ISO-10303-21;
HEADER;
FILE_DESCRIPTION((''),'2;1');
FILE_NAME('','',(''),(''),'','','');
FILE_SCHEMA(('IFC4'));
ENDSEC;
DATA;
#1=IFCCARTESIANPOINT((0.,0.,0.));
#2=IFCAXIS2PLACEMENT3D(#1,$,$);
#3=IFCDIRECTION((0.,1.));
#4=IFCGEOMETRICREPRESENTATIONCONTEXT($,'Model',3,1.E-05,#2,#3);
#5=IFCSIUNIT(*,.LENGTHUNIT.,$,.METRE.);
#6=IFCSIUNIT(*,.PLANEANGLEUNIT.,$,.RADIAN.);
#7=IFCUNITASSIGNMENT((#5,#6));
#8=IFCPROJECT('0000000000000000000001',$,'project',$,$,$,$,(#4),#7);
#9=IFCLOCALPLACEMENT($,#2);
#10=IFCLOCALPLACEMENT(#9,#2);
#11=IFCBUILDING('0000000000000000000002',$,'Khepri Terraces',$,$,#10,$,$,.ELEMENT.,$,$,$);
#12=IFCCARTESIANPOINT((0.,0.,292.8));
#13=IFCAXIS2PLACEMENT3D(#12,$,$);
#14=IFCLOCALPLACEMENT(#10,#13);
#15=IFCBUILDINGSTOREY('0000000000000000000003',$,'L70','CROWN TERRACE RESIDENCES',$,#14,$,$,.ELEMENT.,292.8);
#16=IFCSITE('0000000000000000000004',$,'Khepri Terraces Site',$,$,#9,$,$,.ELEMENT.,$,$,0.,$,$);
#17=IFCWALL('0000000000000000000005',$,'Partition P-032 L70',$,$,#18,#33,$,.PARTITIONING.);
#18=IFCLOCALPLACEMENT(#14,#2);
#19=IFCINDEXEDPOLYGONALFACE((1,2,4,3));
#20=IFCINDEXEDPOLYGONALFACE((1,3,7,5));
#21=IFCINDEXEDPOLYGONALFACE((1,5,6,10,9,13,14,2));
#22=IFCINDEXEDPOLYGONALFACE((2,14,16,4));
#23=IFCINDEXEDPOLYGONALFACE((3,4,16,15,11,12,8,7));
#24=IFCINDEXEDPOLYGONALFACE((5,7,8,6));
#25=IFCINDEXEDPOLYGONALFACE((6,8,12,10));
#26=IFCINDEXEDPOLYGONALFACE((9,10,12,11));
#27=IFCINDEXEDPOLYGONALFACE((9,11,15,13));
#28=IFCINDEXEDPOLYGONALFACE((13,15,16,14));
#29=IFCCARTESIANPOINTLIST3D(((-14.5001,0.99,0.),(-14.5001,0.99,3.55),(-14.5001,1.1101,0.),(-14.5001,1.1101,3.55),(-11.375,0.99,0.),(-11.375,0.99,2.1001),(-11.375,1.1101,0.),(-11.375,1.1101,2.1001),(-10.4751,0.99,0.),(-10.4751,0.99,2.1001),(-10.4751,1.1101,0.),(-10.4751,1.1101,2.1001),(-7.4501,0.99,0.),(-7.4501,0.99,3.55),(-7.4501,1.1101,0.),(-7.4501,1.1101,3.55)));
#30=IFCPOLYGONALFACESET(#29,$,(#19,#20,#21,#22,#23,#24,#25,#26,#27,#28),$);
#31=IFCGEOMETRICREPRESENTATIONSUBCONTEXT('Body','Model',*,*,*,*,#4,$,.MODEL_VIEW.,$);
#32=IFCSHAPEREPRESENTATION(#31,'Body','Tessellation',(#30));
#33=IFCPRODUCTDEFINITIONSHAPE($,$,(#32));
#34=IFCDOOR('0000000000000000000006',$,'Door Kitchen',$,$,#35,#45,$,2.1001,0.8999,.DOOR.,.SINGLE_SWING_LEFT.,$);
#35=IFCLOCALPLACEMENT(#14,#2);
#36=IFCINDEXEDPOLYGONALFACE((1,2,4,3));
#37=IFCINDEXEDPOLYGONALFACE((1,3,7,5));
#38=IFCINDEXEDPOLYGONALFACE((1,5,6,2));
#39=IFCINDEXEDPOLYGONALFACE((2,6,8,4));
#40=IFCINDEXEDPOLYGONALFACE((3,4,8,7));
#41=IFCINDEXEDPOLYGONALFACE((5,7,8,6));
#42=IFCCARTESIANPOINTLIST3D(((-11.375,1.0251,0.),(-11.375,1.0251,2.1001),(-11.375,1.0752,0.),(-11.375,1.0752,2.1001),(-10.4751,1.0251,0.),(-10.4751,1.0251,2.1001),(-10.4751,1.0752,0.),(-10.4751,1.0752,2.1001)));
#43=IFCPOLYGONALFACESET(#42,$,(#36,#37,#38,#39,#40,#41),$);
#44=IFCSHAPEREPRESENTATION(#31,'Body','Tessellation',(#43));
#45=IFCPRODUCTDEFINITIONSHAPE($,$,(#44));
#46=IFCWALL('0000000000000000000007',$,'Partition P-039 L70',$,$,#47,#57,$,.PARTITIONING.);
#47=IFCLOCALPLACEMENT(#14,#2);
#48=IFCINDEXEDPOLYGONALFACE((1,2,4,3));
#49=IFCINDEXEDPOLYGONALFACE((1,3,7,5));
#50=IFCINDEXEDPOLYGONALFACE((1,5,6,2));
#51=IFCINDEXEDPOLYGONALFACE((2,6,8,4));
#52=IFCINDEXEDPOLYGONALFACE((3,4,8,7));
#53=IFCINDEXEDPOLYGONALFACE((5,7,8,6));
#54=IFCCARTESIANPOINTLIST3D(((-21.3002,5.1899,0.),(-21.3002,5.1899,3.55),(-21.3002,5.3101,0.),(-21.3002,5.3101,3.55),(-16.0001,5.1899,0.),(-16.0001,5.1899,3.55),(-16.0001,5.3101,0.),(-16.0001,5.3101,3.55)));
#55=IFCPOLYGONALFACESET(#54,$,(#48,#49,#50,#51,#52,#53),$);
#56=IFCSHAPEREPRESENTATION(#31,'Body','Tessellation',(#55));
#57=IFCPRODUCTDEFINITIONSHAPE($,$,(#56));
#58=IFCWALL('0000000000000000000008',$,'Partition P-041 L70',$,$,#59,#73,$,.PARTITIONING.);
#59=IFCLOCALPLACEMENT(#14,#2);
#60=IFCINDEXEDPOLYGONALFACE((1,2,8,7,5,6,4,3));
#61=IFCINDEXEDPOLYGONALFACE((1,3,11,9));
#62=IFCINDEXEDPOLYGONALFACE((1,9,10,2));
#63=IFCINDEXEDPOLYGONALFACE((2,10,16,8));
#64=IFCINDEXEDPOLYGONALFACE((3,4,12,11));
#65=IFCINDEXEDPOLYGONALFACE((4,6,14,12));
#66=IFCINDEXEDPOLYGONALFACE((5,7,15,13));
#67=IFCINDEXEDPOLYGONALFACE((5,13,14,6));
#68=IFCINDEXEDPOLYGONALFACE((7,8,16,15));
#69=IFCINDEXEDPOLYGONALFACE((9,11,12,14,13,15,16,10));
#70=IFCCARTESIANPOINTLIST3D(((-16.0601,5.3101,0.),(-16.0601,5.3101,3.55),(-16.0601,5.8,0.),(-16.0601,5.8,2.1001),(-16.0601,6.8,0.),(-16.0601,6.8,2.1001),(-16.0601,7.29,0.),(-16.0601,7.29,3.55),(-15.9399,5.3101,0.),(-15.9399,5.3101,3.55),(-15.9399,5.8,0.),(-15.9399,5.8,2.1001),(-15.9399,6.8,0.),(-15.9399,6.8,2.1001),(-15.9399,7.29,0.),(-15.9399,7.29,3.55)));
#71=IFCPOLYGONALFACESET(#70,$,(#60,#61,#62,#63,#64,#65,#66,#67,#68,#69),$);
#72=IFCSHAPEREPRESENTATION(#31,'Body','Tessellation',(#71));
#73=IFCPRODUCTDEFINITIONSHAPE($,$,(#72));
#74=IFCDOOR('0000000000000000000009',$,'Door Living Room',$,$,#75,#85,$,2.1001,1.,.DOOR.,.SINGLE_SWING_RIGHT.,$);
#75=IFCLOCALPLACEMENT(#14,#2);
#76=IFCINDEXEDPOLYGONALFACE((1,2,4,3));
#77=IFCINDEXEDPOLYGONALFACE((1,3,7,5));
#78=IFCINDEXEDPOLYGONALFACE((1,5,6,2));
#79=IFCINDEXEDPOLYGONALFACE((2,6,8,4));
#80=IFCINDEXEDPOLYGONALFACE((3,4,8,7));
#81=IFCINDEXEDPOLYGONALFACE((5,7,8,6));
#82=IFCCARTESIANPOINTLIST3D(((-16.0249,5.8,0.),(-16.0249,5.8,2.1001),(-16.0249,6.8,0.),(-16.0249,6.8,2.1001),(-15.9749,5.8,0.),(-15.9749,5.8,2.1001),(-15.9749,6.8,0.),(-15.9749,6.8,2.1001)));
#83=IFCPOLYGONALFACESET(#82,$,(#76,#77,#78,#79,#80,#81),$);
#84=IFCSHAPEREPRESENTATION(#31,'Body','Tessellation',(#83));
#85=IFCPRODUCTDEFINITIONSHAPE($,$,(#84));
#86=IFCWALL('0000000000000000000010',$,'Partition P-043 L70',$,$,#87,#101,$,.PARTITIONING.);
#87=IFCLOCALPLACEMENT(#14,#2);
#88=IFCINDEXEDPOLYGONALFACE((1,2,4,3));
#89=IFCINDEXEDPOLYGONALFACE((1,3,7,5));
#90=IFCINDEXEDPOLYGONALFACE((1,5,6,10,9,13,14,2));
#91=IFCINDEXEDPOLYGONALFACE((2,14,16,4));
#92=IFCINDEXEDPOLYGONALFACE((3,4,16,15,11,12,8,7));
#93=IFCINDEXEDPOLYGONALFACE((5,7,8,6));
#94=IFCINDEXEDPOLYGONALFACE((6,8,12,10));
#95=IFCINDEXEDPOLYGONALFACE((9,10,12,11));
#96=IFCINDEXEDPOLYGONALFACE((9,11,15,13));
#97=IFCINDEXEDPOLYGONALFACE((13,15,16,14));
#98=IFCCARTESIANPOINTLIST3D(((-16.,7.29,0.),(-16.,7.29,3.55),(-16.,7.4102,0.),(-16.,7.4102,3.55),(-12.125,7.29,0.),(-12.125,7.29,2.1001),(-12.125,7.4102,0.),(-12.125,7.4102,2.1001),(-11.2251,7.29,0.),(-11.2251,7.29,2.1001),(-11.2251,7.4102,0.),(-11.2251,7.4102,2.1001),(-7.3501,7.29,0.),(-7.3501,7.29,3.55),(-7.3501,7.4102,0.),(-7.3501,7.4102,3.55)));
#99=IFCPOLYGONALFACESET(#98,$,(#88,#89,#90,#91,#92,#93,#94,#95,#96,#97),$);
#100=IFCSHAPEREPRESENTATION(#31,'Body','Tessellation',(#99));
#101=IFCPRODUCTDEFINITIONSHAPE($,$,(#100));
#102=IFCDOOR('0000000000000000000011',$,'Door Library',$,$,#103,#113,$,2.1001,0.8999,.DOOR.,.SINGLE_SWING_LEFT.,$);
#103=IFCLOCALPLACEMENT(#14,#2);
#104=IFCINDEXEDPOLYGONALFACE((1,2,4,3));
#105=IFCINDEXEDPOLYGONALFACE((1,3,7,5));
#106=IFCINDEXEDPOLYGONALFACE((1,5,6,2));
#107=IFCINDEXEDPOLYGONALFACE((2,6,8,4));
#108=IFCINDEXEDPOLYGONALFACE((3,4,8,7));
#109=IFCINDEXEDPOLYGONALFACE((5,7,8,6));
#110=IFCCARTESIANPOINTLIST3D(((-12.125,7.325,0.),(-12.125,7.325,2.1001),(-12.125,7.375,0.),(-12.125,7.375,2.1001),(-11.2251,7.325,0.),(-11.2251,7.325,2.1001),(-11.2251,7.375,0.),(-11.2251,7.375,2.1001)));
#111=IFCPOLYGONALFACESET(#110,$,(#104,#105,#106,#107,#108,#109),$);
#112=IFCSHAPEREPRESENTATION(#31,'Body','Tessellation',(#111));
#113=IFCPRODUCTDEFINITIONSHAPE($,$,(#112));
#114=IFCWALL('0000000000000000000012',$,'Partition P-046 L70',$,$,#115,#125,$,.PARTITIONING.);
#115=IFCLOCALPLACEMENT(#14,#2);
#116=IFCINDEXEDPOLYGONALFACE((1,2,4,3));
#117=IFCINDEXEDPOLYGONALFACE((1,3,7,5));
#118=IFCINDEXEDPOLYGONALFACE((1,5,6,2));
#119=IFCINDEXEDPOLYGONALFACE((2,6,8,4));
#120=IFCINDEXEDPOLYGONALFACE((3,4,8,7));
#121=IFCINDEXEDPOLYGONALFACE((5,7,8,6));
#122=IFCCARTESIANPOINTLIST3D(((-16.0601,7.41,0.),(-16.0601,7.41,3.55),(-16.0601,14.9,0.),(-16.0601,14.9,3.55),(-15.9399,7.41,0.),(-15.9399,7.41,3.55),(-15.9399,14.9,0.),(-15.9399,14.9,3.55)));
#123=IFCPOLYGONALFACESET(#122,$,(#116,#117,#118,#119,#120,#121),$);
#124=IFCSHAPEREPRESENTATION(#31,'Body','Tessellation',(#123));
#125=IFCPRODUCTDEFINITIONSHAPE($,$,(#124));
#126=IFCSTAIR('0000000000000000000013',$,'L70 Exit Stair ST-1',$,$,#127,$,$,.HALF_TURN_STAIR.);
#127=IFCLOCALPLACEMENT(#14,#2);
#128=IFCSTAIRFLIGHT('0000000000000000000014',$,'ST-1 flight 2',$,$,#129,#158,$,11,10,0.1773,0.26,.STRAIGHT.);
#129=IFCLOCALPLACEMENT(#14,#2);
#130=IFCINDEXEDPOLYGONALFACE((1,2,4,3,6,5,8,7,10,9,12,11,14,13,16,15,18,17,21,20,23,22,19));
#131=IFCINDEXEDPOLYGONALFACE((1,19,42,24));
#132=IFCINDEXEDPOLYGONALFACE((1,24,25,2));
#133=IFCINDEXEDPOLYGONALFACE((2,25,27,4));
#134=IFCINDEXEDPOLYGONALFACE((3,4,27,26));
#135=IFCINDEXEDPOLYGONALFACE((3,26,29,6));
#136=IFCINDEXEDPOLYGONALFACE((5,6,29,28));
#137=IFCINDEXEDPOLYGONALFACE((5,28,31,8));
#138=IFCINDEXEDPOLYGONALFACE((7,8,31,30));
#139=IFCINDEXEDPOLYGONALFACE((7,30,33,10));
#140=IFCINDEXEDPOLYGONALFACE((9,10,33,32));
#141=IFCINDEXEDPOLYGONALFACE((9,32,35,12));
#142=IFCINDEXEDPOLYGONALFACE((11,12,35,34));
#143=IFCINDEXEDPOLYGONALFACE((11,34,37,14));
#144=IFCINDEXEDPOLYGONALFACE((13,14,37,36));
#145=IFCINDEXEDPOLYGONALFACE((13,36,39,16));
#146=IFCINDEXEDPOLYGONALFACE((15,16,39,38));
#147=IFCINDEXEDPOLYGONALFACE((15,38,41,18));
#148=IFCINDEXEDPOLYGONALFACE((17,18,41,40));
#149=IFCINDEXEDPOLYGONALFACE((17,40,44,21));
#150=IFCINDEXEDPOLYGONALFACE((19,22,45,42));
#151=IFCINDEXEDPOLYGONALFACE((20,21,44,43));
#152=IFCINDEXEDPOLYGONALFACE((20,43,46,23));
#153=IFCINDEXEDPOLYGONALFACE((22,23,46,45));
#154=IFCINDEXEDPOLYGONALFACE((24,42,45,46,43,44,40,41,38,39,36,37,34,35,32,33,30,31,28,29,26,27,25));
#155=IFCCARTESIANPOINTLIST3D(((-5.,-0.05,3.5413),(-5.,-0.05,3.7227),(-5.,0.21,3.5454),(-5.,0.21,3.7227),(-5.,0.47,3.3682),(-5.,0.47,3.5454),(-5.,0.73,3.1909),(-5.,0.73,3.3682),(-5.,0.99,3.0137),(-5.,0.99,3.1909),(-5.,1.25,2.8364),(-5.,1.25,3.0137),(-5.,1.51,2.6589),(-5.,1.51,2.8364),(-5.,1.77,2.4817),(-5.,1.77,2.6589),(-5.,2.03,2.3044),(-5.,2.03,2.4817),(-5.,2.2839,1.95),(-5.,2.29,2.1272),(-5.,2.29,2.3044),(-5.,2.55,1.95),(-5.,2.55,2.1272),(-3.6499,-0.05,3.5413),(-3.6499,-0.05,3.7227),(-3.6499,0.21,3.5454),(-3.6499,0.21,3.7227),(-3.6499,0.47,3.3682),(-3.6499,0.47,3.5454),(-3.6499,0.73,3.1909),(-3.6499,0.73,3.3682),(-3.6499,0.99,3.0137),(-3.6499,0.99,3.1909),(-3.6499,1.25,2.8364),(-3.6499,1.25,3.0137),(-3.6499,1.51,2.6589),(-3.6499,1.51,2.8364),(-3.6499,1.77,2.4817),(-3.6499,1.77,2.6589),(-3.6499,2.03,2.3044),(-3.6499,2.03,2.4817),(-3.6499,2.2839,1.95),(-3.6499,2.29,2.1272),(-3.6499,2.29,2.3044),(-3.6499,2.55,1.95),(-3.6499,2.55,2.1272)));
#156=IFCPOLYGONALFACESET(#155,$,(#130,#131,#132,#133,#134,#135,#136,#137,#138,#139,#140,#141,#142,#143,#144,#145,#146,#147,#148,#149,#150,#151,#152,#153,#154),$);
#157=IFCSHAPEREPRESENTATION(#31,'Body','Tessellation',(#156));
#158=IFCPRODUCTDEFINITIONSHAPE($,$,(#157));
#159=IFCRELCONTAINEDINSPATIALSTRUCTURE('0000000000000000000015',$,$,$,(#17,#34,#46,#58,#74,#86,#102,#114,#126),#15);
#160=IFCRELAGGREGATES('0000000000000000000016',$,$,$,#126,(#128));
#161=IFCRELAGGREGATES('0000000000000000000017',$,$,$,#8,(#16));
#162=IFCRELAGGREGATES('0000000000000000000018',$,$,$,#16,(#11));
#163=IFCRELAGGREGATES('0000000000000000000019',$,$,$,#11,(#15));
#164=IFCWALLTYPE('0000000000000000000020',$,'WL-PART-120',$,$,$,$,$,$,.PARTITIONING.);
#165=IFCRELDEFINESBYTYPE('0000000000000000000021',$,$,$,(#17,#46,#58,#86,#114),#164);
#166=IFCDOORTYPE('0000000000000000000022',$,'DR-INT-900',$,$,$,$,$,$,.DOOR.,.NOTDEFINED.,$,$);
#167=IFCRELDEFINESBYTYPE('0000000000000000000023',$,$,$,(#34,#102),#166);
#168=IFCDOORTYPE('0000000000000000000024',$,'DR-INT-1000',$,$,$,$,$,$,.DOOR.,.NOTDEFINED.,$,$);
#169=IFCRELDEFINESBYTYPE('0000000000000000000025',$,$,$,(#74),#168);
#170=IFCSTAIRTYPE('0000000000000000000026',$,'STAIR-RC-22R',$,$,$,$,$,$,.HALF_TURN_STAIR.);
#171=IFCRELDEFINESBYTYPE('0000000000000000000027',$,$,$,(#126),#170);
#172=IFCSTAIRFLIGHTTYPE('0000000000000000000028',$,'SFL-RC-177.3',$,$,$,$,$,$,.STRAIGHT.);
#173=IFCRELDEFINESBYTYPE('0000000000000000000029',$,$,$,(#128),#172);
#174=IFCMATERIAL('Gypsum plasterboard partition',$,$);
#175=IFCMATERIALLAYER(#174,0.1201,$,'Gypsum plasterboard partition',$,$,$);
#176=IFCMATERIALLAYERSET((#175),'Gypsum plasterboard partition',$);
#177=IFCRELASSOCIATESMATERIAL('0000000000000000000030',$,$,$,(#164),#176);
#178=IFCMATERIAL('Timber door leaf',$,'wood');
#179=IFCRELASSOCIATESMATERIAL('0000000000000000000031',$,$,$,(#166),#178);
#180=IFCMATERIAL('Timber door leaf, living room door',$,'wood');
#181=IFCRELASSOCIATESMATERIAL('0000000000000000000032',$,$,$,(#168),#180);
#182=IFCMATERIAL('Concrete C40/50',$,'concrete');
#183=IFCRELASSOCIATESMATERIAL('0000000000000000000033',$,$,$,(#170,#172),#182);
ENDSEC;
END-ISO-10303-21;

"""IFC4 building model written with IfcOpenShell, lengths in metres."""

from ifc_helpers import new_model, si_unit, direction, frame, frame_2d, origin, place, context, subcontext, project, spatial, polyline, rectangle, outline, extrude, material, layer, layer_set, type_object, element, fill, aggregate, save


model = new_model("IFC4")

# Units and contexts
model_context = context("Model", 3, precision=1e-05, world=origin(), true_north=direction((0.0, 1.0)))
body_context = subcontext(model_context, "Body", "Model", "MODEL_VIEW")
ifc_project = project(units=[si_unit("LENGTHUNIT", "METRE"), si_unit("PLANEANGLEUNIT", "RADIAN")], contexts=[model_context])

# Site, building, storey
site_placement = place(None, origin())
site = spatial("IfcSite", under=ifc_project, at=site_placement, Name="Khepri Terraces Site", CompositionType="ELEMENT", RefElevation=0.0)
building_placement = place(site_placement, origin())
building = spatial("IfcBuilding", under=site, at=building_placement, Name="Khepri Terraces", CompositionType="ELEMENT")
storey_placement = place(building_placement, frame((0.0, 0.0, 292.8)))
storey = spatial("IfcBuildingStorey", under=building, at=storey_placement, Name="L70", Description="CROWN TERRACE RESIDENCES", CompositionType="ELEMENT", Elevation=292.8)

# Shared definitions
ifc_material_1 = material(Name="Concrete C40/50", Category="concrete")

# Wall, opening, door
ifc_material_2 = material(Name="Gypsum plasterboard partition")
ifc_layer_1 = layer(ifc_material_2, 0.1201, Name="Gypsum plasterboard partition")
ifc_layer_set_1 = layer_set([ifc_layer_1], Name="Gypsum plasterboard partition")
wall_type_1 = type_object("IfcWallType", Name="WL-PART-120", PredefinedType="PARTITIONING", material=ifc_layer_set_1)
wall_1_placement = place(storey_placement, frame((-14.5, 1.05, 0.0), z_axis=(0.0, 0.0, 1.0), x_axis=(1.0, 0.0, 0.0)))
wall_1 = element("IfcWall", 1, at=wall_1_placement, inside=storey, type_object=wall_type_1, Name="Partition P-032 L70", PredefinedType="PARTITIONING", context=body_context, shape_type="SweptSolid", body=[
    extrude(rectangle(XDim=7.05, YDim=0.1201, at=frame_2d((3.5249, 0.0))), origin(), (0.0, 0.0, 1.0), 3.55),
])
opening_1_placement = place(wall_1_placement, frame((3.125, 0.0, 0.0)))
opening_1 = element("IfcOpeningElement", 2, at=opening_1_placement, cuts=wall_1, PredefinedType="OPENING", context=body_context, shape_type="SweptSolid", body=[
    extrude(rectangle(XDim=0.8999, YDim=2.1001, at=frame_2d((0.45, 1.05))), frame((0.0, 0.0701, 0.0), z_axis=(0.0, -1.0, 0.0), x_axis=(1.0, 0.0, 0.0)), (0.0, 0.0, 1.0), 0.1401),
])
ifc_material_3 = material(Name="Timber door leaf", Category="wood")
door_type_1 = type_object("IfcDoorType", Name="DR-INT-900", OperationType="NOTDEFINED", PredefinedType="DOOR", material=ifc_material_3)
door_1_placement = place(opening_1_placement, frame((0.8999, 0.0, 0.0), z_axis=(0.0, 0.0, 1.0), x_axis=(-1.0, 0.0, 0.0)))
door_1 = element("IfcDoor", 3, at=door_1_placement, inside=storey, type_object=door_type_1, Name="Door Kitchen", OperationType="SINGLE_SWING_LEFT", OverallHeight=2.1001, OverallWidth=0.8999, PredefinedType="DOOR", context=body_context, shape_type="SweptSolid", body=[
    extrude(rectangle(XDim=0.8999, YDim=2.1001, at=frame_2d((0.45, 1.05))), frame((0.0, 0.0249, 0.0), z_axis=(0.0, -1.0, 0.0), x_axis=(1.0, 0.0, 0.0)), (0.0, 0.0, 1.0), 0.05),
])
fill(opening_1, door_1)

# Wall
wall_2_placement = place(storey_placement, frame((-21.3, 5.25, 0.0), z_axis=(0.0, 0.0, 1.0), x_axis=(1.0, 0.0, 0.0)))
element("IfcWall", 4, at=wall_2_placement, inside=storey, type_object=wall_type_1, Name="Partition P-039 L70", PredefinedType="PARTITIONING", context=body_context, shape_type="SweptSolid", body=[
    extrude(rectangle(XDim=5.3, YDim=0.1201, at=frame_2d((2.6499, 0.0))), origin(), (0.0, 0.0, 1.0), 3.55),
])

# Walls, openings, doors
wall_3_placement = place(storey_placement, frame((-16.0, 5.3101, 0.0), z_axis=(0.0, 0.0, 1.0), x_axis=(0.0, 1.0, 0.0)))
wall_3 = element("IfcWall", 5, at=wall_3_placement, inside=storey, type_object=wall_type_1, Name="Partition P-041 L70", PredefinedType="PARTITIONING", context=body_context, shape_type="SweptSolid", body=[
    extrude(rectangle(XDim=1.98, YDim=0.1201, at=frame_2d((0.99, 0.0))), origin(), (0.0, 0.0, 1.0), 3.55),
])
opening_2_placement = place(wall_3_placement, frame((0.49, 0.0, 0.0)))
opening_2 = element("IfcOpeningElement", 6, at=opening_2_placement, cuts=wall_3, PredefinedType="OPENING", context=body_context, shape_type="SweptSolid", body=[
    extrude(rectangle(XDim=1.0, YDim=2.1001, at=frame_2d((0.5, 1.05))), frame((0.0, 0.0701, 0.0), z_axis=(0.0, -1.0, 0.0), x_axis=(1.0, 0.0, 0.0)), (0.0, 0.0, 1.0), 0.1401),
])
ifc_material_4 = material(Name="Timber door leaf, living room door", Category="wood")
door_type_2 = type_object("IfcDoorType", Name="DR-INT-1000", OperationType="NOTDEFINED", PredefinedType="DOOR", material=ifc_material_4)
door_2_placement = place(opening_2_placement, origin())
door_2 = element("IfcDoor", 7, at=door_2_placement, inside=storey, type_object=door_type_2, Name="Door Living Room", OperationType="SINGLE_SWING_RIGHT", OverallHeight=2.1001, OverallWidth=1.0, PredefinedType="DOOR", context=body_context, shape_type="SweptSolid", body=[
    extrude(rectangle(XDim=1.0, YDim=2.1001, at=frame_2d((0.5, 1.05))), frame((0.0, 0.0249, 0.0), z_axis=(0.0, -1.0, 0.0), x_axis=(1.0, 0.0, 0.0)), (0.0, 0.0, 1.0), 0.05),
])
fill(opening_2, door_2)
wall_4_placement = place(storey_placement, frame((-16.0, 7.3501, 0.0), z_axis=(0.0, 0.0, 1.0), x_axis=(1.0, 0.0, 0.0)))
wall_4 = element("IfcWall", 8, at=wall_4_placement, inside=storey, type_object=wall_type_1, Name="Partition P-043 L70", PredefinedType="PARTITIONING", context=body_context, shape_type="SweptSolid", body=[
    extrude(rectangle(XDim=8.6499, YDim=0.1201, at=frame_2d((4.325, 0.0))), origin(), (0.0, 0.0, 1.0), 3.55),
])
opening_3_placement = place(wall_4_placement, frame((3.875, 0.0, 0.0)))
opening_3 = element("IfcOpeningElement", 9, at=opening_3_placement, cuts=wall_4, PredefinedType="OPENING", context=body_context, shape_type="SweptSolid", body=[
    extrude(rectangle(XDim=0.8999, YDim=2.1001, at=frame_2d((0.45, 1.05))), frame((0.0, 0.0701, 0.0), z_axis=(0.0, -1.0, 0.0), x_axis=(1.0, 0.0, 0.0)), (0.0, 0.0, 1.0), 0.1401),
])
door_3_placement = place(opening_3_placement, origin())
door_3 = element("IfcDoor", 10, at=door_3_placement, inside=storey, type_object=door_type_1, Name="Door Library", OperationType="SINGLE_SWING_LEFT", OverallHeight=2.1001, OverallWidth=0.8999, PredefinedType="DOOR", context=body_context, shape_type="SweptSolid", body=[
    extrude(rectangle(XDim=0.8999, YDim=2.1001, at=frame_2d((0.45, 1.05))), frame((0.0, 0.0249, 0.0), z_axis=(0.0, -1.0, 0.0), x_axis=(1.0, 0.0, 0.0)), (0.0, 0.0, 1.0), 0.05),
])
fill(opening_3, door_3)

# Wall
wall_5_placement = place(storey_placement, frame((-16.0, 7.4099, 0.0), z_axis=(0.0, 0.0, 1.0), x_axis=(0.0, 1.0, 0.0)))
element("IfcWall", 11, at=wall_5_placement, inside=storey, type_object=wall_type_1, Name="Partition P-046 L70", PredefinedType="PARTITIONING", context=body_context, shape_type="SweptSolid", body=[
    extrude(rectangle(XDim=7.49, YDim=0.1201, at=frame_2d((3.7451, 0.0))), origin(), (0.0, 0.0, 1.0), 3.55),
])

# Stair, stair flight
stair_type = type_object("IfcStairType", Name="STAIR-RC-22R", PredefinedType="HALF_TURN_STAIR", material=ifc_material_1)
stair_1_placement = place(storey_placement, origin())
stair_1 = element("IfcStair", 12, at=stair_1_placement, inside=storey, type_object=stair_type, Name="L70 Exit Stair ST-1", PredefinedType="HALF_TURN_STAIR")
stair_flight_type = type_object("IfcStairFlightType", Name="SFL-RC-177.3", PredefinedType="STRAIGHT", material=ifc_material_1)
stair_flight_1_placement = place(storey_placement, frame((-4.325, 2.55, 1.95), z_axis=(0.0, 0.0, 1.0), x_axis=(0.0, -1.0, 0.0)))
stair_flight_1 = element("IfcStairFlight", 13, at=stair_flight_1_placement, type_object=stair_flight_type, Name="ST-1 flight 2", NumberOfRisers=11, NumberOfTreads=10, PredefinedType="STRAIGHT", RiserHeight=0.1773, TreadLength=0.26, context=body_context, shape_type="SweptSolid", body=[
    extrude(outline(polyline([(0.0, 0.0), (0.0, 0.1772), (0.26, 0.1772), (0.26, 0.3545), (0.52, 0.3545), (0.52, 0.5317), (0.78, 0.5317), (0.78, 0.709), (1.04, 0.709), (1.04, 0.8865), (1.3, 0.8865), (1.3, 1.0637), (1.5601, 1.0637), (1.5601, 1.241), (1.8201, 1.241), (1.8201, 1.4182), (2.0801, 1.4182), (2.0801, 1.5955), (2.3401, 1.5955), (2.3401, 1.7727), (2.6001, 1.7727), (2.6001, 1.95), (2.6001, 1.5913), (0.2661, 0.0), (0.0, 0.0)])), frame((0.0, 0.675, 0.0), z_axis=(0.0, -1.0, 0.0), x_axis=(1.0, 0.0, 0.0)), (0.0, 0.0, 1.0), 1.3501),
])
aggregate(stair_1, [stair_flight_1])

save(model, "model.ifc")
